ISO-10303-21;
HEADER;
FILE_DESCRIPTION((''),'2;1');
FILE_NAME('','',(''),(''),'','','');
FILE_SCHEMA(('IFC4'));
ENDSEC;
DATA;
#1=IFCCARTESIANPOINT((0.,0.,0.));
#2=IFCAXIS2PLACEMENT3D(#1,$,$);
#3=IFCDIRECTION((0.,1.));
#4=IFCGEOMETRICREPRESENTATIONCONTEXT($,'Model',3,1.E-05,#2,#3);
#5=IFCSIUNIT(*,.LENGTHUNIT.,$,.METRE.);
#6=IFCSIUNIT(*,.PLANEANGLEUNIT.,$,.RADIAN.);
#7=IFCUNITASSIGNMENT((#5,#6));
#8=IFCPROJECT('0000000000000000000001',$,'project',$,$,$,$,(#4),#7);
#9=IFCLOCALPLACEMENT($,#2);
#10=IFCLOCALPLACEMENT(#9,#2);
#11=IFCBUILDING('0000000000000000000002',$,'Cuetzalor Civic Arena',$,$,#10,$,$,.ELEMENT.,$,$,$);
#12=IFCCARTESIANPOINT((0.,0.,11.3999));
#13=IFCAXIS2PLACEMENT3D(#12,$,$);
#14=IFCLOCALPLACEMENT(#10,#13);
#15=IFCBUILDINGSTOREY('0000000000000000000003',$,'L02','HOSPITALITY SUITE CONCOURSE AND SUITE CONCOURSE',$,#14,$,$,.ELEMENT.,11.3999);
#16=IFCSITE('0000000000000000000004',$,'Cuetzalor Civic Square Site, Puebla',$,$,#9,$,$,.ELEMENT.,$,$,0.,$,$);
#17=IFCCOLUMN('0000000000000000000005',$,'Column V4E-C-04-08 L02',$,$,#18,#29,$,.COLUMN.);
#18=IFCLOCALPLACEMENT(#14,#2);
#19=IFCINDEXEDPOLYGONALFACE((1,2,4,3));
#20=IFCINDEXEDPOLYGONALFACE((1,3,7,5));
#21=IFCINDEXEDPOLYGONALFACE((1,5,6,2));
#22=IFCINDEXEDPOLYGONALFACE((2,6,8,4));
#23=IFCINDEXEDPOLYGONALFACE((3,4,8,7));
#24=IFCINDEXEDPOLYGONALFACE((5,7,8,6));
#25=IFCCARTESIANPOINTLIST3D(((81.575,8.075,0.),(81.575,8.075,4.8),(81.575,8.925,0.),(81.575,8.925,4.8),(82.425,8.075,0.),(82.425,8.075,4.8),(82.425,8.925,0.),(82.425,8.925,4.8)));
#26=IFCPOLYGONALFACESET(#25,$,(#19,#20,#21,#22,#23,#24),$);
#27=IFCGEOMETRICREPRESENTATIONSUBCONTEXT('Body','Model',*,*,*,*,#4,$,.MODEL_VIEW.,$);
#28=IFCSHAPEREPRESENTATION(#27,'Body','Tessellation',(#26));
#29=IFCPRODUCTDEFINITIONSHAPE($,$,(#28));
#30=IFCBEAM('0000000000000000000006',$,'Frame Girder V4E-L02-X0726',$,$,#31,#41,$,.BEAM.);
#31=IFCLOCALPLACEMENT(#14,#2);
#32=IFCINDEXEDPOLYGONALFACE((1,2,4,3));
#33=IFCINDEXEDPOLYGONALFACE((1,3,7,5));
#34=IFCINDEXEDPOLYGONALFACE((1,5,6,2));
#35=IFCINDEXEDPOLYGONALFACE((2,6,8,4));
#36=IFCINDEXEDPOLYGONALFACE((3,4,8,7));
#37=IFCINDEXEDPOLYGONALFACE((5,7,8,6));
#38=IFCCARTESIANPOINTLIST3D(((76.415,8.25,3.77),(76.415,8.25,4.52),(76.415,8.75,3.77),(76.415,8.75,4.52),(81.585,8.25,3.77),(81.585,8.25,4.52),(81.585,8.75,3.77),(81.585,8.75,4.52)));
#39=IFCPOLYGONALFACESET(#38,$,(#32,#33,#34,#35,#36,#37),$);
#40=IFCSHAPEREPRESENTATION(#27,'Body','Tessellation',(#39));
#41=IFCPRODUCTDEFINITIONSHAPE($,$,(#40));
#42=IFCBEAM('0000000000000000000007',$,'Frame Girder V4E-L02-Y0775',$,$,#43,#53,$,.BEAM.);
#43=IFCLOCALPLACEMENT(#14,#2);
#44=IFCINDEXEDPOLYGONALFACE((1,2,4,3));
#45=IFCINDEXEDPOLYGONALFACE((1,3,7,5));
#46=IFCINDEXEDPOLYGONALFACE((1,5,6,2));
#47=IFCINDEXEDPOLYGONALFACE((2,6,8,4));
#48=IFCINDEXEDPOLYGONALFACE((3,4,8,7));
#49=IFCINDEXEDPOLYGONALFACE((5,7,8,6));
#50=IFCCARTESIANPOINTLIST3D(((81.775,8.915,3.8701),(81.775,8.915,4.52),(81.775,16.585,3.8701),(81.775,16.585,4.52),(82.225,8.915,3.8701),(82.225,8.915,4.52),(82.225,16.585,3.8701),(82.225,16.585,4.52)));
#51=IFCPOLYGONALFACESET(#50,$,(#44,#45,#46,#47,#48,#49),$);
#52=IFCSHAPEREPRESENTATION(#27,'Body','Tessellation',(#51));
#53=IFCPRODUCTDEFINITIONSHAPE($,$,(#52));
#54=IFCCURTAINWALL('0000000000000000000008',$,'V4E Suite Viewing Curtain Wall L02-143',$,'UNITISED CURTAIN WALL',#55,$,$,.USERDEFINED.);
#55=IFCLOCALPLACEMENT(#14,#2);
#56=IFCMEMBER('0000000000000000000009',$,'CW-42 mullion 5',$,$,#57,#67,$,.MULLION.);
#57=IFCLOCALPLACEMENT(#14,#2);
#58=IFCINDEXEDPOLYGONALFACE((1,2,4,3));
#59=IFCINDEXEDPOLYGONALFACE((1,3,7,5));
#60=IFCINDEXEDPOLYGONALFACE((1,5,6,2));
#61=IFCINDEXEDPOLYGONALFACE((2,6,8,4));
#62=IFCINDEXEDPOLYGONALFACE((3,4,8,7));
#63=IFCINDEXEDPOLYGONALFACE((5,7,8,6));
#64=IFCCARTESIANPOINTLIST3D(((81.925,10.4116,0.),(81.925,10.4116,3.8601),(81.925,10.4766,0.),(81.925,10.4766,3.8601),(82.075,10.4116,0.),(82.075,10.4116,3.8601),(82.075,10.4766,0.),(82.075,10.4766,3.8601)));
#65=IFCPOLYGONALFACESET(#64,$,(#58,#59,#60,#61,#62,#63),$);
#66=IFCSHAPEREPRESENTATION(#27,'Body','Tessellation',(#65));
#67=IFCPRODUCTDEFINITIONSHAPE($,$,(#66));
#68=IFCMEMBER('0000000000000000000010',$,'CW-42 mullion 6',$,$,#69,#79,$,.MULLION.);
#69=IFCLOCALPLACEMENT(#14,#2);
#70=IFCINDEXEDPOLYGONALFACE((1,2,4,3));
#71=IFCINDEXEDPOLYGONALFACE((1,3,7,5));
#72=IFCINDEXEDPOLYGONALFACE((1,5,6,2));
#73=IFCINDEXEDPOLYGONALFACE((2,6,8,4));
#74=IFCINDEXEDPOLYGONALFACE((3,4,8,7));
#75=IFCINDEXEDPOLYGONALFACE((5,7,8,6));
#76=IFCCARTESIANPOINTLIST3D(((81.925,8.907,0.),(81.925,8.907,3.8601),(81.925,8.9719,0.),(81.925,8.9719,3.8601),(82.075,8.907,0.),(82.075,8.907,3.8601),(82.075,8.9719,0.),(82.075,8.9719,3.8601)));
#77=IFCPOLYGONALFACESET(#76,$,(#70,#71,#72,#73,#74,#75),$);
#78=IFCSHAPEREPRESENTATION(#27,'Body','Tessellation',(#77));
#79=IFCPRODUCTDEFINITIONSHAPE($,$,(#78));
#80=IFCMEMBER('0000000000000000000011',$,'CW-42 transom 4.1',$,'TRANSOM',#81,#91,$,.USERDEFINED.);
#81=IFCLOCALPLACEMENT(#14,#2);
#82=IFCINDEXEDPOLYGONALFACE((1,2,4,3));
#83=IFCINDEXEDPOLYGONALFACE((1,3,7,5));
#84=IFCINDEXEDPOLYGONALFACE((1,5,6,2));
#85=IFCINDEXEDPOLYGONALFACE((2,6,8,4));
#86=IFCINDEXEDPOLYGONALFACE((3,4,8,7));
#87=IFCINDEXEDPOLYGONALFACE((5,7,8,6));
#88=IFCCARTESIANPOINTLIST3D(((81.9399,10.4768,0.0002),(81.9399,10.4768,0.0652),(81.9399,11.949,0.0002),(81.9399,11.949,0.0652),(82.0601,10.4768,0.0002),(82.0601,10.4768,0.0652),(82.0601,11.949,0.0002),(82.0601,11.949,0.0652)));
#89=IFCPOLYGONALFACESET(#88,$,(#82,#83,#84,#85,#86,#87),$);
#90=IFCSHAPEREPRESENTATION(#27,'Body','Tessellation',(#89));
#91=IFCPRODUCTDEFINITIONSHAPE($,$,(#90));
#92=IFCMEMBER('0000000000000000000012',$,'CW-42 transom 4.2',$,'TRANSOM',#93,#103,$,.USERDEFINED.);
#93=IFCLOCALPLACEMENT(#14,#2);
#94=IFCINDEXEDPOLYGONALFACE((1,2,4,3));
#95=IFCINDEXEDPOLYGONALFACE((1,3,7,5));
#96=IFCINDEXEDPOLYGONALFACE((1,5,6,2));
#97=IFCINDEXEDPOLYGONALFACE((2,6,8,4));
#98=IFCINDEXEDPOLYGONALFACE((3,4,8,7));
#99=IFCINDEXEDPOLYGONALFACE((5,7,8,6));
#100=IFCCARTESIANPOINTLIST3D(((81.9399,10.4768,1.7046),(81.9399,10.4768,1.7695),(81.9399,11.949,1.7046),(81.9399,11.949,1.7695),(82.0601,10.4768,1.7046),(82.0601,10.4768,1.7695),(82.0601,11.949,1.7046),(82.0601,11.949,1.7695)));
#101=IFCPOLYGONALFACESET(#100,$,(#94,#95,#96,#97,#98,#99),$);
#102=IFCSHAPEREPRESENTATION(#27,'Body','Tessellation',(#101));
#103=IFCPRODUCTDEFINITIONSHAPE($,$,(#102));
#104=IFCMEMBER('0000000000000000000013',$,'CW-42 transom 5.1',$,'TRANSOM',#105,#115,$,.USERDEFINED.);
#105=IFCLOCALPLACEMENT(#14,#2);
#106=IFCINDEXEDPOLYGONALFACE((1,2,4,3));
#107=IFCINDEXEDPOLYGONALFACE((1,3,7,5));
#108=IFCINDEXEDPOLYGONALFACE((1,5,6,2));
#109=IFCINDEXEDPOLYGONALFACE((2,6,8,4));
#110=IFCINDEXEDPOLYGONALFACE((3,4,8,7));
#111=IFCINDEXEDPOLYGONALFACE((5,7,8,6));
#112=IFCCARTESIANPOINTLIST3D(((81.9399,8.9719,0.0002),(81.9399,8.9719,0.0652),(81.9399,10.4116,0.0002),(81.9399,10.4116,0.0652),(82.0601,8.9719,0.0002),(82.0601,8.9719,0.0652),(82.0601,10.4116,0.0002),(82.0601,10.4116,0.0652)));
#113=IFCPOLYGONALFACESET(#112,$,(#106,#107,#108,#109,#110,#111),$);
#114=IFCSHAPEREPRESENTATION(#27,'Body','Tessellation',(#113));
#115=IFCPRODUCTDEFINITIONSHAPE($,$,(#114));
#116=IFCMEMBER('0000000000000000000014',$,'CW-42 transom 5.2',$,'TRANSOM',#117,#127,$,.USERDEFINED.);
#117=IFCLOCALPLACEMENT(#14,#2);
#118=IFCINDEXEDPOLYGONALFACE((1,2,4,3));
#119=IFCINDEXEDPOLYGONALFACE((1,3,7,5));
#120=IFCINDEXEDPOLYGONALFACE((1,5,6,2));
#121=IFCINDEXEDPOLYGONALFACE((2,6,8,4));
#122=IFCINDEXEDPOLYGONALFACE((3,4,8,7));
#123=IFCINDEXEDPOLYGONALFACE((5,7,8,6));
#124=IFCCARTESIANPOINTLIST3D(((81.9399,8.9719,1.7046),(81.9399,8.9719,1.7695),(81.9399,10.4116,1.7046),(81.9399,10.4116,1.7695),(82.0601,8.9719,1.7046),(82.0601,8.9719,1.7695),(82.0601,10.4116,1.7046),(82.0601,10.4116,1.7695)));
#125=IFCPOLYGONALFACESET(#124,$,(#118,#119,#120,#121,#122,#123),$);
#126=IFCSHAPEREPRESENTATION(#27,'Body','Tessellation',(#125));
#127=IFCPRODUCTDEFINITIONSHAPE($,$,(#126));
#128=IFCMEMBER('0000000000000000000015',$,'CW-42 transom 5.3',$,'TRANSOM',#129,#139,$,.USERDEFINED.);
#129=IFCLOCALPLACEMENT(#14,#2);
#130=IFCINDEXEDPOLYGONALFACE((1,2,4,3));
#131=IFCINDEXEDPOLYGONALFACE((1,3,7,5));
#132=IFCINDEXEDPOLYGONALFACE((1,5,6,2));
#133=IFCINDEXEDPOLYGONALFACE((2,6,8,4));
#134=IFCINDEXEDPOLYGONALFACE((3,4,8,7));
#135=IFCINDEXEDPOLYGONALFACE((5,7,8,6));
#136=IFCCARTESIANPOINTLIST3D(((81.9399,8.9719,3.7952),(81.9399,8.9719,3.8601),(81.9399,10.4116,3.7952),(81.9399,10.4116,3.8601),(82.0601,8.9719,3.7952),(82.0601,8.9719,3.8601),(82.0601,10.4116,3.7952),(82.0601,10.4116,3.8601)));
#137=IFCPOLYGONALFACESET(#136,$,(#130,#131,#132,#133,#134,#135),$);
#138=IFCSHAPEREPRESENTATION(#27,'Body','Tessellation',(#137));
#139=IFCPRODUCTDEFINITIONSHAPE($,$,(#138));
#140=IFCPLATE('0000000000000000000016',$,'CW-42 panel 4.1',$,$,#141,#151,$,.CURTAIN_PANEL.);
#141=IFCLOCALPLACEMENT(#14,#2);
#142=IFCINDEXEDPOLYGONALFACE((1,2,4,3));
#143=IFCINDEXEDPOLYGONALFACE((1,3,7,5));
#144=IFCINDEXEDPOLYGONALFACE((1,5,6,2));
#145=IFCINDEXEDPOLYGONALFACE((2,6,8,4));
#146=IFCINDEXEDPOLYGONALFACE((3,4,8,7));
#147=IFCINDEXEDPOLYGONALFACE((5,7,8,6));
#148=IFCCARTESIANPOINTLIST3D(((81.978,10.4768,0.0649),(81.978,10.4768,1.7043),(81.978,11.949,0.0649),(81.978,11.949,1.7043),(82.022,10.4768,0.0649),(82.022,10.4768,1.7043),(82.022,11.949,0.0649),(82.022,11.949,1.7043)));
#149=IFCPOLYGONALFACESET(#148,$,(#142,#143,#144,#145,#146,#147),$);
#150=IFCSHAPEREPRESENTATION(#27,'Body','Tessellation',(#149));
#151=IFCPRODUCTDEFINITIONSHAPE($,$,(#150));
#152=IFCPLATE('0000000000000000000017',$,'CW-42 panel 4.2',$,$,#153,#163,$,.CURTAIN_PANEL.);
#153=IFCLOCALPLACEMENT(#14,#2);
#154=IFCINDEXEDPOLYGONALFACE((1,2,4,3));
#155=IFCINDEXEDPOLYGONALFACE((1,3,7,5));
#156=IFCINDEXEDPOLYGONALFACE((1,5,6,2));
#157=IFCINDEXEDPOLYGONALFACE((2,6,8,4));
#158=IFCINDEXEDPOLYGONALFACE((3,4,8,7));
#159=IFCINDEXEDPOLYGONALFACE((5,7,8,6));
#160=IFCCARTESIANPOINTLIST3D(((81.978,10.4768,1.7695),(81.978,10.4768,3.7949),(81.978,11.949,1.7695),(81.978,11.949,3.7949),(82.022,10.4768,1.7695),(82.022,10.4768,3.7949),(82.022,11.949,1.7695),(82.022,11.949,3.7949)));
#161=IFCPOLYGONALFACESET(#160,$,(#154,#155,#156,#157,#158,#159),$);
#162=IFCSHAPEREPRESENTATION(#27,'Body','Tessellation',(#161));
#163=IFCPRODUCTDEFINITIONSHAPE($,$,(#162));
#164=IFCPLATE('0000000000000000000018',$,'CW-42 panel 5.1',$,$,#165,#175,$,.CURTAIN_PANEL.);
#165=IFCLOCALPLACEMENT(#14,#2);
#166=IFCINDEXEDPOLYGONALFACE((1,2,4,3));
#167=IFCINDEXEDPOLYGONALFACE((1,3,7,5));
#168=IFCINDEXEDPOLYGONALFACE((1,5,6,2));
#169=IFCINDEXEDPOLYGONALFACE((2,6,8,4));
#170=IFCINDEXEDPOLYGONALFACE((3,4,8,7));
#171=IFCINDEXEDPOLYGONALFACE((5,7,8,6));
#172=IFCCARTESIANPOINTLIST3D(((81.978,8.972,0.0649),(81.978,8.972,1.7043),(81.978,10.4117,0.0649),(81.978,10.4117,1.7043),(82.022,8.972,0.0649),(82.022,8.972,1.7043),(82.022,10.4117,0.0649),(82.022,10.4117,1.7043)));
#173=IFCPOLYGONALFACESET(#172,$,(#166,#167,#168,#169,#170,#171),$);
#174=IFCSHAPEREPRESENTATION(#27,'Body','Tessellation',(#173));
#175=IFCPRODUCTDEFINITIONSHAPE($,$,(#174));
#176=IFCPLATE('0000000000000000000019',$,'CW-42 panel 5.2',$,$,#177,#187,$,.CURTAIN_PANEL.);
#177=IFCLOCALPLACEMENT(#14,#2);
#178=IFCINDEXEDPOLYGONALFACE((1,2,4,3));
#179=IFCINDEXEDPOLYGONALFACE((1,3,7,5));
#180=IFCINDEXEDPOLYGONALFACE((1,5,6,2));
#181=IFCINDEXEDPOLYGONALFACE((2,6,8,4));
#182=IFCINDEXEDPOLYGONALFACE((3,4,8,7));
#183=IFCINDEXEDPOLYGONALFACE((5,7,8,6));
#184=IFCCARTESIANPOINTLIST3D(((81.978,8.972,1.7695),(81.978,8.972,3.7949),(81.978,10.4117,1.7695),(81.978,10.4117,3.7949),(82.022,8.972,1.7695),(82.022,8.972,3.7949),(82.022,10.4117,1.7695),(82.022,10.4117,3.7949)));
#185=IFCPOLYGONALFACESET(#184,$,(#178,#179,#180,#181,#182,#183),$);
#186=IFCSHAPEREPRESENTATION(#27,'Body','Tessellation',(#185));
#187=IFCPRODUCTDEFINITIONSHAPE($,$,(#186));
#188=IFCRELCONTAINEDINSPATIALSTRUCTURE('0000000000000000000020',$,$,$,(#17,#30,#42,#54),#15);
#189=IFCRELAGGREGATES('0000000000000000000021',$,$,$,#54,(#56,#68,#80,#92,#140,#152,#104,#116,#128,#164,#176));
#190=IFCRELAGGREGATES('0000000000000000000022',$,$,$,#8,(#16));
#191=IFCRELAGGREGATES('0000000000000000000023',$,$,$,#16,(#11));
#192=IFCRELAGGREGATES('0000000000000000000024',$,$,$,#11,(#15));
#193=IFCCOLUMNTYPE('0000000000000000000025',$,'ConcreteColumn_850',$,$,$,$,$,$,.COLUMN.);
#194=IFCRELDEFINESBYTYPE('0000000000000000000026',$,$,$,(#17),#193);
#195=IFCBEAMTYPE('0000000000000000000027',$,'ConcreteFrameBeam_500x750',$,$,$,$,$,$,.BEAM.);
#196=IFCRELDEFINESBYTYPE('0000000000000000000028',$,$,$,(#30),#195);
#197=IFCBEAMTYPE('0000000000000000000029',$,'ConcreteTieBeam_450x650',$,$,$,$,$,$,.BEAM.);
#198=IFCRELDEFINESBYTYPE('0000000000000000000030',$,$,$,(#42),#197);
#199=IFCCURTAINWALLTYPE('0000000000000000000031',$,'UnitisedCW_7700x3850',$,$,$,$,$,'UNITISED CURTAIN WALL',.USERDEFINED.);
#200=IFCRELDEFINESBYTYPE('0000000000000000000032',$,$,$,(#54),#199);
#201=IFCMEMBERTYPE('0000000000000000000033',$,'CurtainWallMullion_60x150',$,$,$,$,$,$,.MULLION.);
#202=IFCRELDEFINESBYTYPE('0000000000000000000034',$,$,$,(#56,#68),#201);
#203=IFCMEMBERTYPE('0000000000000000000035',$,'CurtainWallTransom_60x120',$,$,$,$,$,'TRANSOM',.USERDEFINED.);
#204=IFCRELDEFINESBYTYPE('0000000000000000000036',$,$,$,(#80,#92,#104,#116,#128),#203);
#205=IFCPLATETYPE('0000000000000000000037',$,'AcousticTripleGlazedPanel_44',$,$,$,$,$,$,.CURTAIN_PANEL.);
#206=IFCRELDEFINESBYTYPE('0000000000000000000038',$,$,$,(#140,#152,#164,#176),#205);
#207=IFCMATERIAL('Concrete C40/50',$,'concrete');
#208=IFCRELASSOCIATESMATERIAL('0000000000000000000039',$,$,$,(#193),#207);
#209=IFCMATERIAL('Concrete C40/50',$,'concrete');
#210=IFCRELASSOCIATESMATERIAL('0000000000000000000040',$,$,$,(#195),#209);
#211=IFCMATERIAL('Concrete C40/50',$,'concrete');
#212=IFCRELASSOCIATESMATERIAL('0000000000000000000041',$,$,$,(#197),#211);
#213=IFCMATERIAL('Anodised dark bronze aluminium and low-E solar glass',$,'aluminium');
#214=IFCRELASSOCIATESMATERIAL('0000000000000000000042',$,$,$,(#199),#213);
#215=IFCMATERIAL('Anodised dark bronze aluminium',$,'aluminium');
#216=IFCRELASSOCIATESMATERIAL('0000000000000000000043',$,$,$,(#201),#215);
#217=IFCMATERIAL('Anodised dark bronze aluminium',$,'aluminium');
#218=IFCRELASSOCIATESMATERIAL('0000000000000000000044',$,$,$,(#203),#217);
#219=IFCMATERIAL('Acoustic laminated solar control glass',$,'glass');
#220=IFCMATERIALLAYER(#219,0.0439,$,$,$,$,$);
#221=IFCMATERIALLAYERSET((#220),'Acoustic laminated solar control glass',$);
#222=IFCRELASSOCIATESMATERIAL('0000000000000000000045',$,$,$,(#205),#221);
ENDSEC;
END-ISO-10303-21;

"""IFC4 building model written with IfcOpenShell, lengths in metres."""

from ifc_helpers import new_model, si_unit, direction, frame, origin, origin_2d, place, context, subcontext, project, spatial, rectangle, extrude, material, layer, layer_set, material_profile, profile_set, type_object, element, aggregate, save


model = new_model("IFC4")

# Units and contexts
model_context = context("Model", 3, precision=1e-05, world=origin(), true_north=direction((0.0, 1.0)))
body_context = subcontext(model_context, "Body", "Model", "MODEL_VIEW")
ifc_project = project(units=[si_unit("LENGTHUNIT", "METRE"), si_unit("PLANEANGLEUNIT", "RADIAN")], contexts=[model_context])

# Site, building, storey
site_placement = place(None, origin())
site = spatial("IfcSite", under=ifc_project, at=site_placement, Name="Cuetzalor Civic Square Site, Puebla", CompositionType="ELEMENT", RefElevation=0.0)
building_placement = place(site_placement, origin())
building = spatial("IfcBuilding", under=site, at=building_placement, Name="Cuetzalor Civic Arena", CompositionType="ELEMENT")
storey_placement = place(building_placement, frame((0.0, 0.0, 11.3999)))
storey = spatial("IfcBuildingStorey", under=building, at=storey_placement, Name="L02", Description="HOSPITALITY SUITE CONCOURSE AND SUITE CONCOURSE", CompositionType="ELEMENT", Elevation=11.3999)

# Column
ifc_material_1 = material(Name="Concrete C40/50", Category="concrete")
ifc_material_profile_1 = material_profile(ifc_material_1, rectangle(XDim=0.8501, YDim=0.8501, at=origin_2d()), Name="RC 850x850")
ifc_profile_set_1 = profile_set([ifc_material_profile_1], Name="Concrete C40/50")
column_type = type_object("IfcColumnType", Name="ConcreteColumn_850", PredefinedType="COLUMN", material=ifc_profile_set_1)
column_placement = place(storey_placement, frame((82.0, 8.5, 0.0), z_axis=(0.0, 0.0, 1.0), x_axis=(1.0, 0.0, 0.0)))
element("IfcColumn", 1, at=column_placement, inside=storey, type_object=column_type, Name="Column V4E-C-04-08 L02", PredefinedType="COLUMN", context=body_context, shape_type="SweptSolid", body=[
    extrude(rectangle(XDim=0.8501, YDim=0.8501, at=origin_2d()), origin(), (0.0, 0.0, 1.0), 4.8),
])

# Beams
ifc_material_2 = material(Name="Concrete C40/50", Category="concrete")
ifc_material_profile_2 = material_profile(ifc_material_2, rectangle(XDim=0.5, YDim=0.75, at=origin_2d()), Name="RC 500x750")
ifc_profile_set_2 = profile_set([ifc_material_profile_2], Name="Concrete C40/50")
beam_type_1 = type_object("IfcBeamType", Name="ConcreteFrameBeam_500x750", PredefinedType="BEAM", material=ifc_profile_set_2)
beam_1_placement = place(storey_placement, frame((76.415, 8.5, 4.145), z_axis=(1.0, 0.0, 0.0), x_axis=(0.0, 1.0, 0.0)))
element("IfcBeam", 2, at=beam_1_placement, inside=storey, type_object=beam_type_1, Name="Frame Girder V4E-L02-X0726", PredefinedType="BEAM", context=body_context, shape_type="SweptSolid", body=[
    extrude(rectangle(XDim=0.5, YDim=0.75, at=origin_2d()), origin(), (0.0, 0.0, 1.0), 5.1699),
])
ifc_material_3 = material(Name="Concrete C40/50", Category="concrete")
ifc_material_profile_3 = material_profile(ifc_material_3, rectangle(XDim=0.45, YDim=0.6499, at=origin_2d()), Name="RC 450x650")
ifc_profile_set_3 = profile_set([ifc_material_profile_3], Name="Concrete C40/50")
beam_type_2 = type_object("IfcBeamType", Name="ConcreteTieBeam_450x650", PredefinedType="BEAM", material=ifc_profile_set_3)
beam_2_placement = place(storey_placement, frame((82.0, 8.915, 4.1951), z_axis=(0.0, 1.0, 0.0), x_axis=(-1.0, 0.0, 0.0)))
element("IfcBeam", 3, at=beam_2_placement, inside=storey, type_object=beam_type_2, Name="Frame Girder V4E-L02-Y0775", PredefinedType="BEAM", context=body_context, shape_type="SweptSolid", body=[
    extrude(rectangle(XDim=0.45, YDim=0.6499, at=origin_2d()), origin(), (0.0, 0.0, 1.0), 7.6699),
])

# Curtain wall, members, plates
ifc_material_4 = material(Name="Anodised dark bronze aluminium and low-E solar glass", Category="aluminium")
curtain_wall_type = type_object("IfcCurtainWallType", Name="UnitisedCW_7700x3850", ElementType="UNITISED CURTAIN WALL", PredefinedType="USERDEFINED", material=ifc_material_4)
curtain_wall_placement = place(storey_placement, origin())
curtain_wall = element("IfcCurtainWall", 4, at=curtain_wall_placement, inside=storey, type_object=curtain_wall_type, Name="V4E Suite Viewing Curtain Wall L02-143", ObjectType="UNITISED CURTAIN WALL", PredefinedType="USERDEFINED")
ifc_material_5 = material(Name="Anodised dark bronze aluminium", Category="aluminium")
ifc_material_profile_4 = material_profile(ifc_material_5, rectangle(XDim=0.0649, YDim=0.1499, at=origin_2d()), Name="ALU MULLION 65x150")
ifc_profile_set_4 = profile_set([ifc_material_profile_4], Name="Anodised dark bronze aluminium")
member_type_1 = type_object("IfcMemberType", Name="CurtainWallMullion_60x150", PredefinedType="MULLION", material=ifc_profile_set_4)
member_1_placement = place(storey_placement, frame((82.0, 10.4441, 0.0), z_axis=(0.0, 0.0, 1.0), x_axis=(0.0, -1.0, 0.0)))
member_1 = element("IfcMember", 5, at=member_1_placement, type_object=member_type_1, Name="CW-42 mullion 5", PredefinedType="MULLION", context=body_context, shape_type="SweptSolid", body=[
    extrude(rectangle(XDim=0.0649, YDim=0.1499, at=origin_2d()), origin(), (0.0, 0.0, 1.0), 3.8601),
])
member_2_placement = place(storey_placement, frame((82.0, 8.9395, 0.0), z_axis=(0.0, 0.0, 1.0), x_axis=(0.0, -1.0, 0.0)))
member_2 = element("IfcMember", 6, at=member_2_placement, type_object=member_type_1, Name="CW-42 mullion 6", PredefinedType="MULLION", context=body_context, shape_type="SweptSolid", body=[
    extrude(rectangle(XDim=0.0649, YDim=0.1499, at=origin_2d()), origin(), (0.0, 0.0, 1.0), 3.8601),
])
ifc_material_6 = material(Name="Anodised dark bronze aluminium", Category="aluminium")
ifc_material_profile_5 = material_profile(ifc_material_6, rectangle(XDim=0.1201, YDim=0.0649, at=origin_2d()), Name="ALU TRANSOM 65x120")
ifc_profile_set_5 = profile_set([ifc_material_profile_5], Name="Anodised dark bronze aluminium")
member_type_2 = type_object("IfcMemberType", Name="CurtainWallTransom_60x120", ElementType="TRANSOM", PredefinedType="USERDEFINED", material=ifc_profile_set_5)
member_3_placement = place(storey_placement, frame((82.0, 11.949, 0.0327), z_axis=(0.0, -1.0, 0.0), x_axis=(1.0, 0.0, 0.0)))
member_3 = element("IfcMember", 7, at=member_3_placement, type_object=member_type_2, Name="CW-42 transom 4.1", ObjectType="TRANSOM", PredefinedType="USERDEFINED", context=body_context, shape_type="SweptSolid", body=[
    extrude(rectangle(XDim=0.1201, YDim=0.0649, at=origin_2d()), origin(), (0.0, 0.0, 1.0), 1.4722),
])
member_4_placement = place(storey_placement, frame((82.0, 11.949, 1.7371), z_axis=(0.0, -1.0, 0.0), x_axis=(1.0, 0.0, 0.0)))
member_4 = element("IfcMember", 8, at=member_4_placement, type_object=member_type_2, Name="CW-42 transom 4.2", ObjectType="TRANSOM", PredefinedType="USERDEFINED", context=body_context, shape_type="SweptSolid", body=[
    extrude(rectangle(XDim=0.1201, YDim=0.0649, at=origin_2d()), origin(), (0.0, 0.0, 1.0), 1.4722),
])
member_5_placement = place(storey_placement, frame((82.0, 10.4116, 0.0327), z_axis=(0.0, -1.0, 0.0), x_axis=(1.0, 0.0, 0.0)))
member_5 = element("IfcMember", 9, at=member_5_placement, type_object=member_type_2, Name="CW-42 transom 5.1", ObjectType="TRANSOM", PredefinedType="USERDEFINED", context=body_context, shape_type="SweptSolid", body=[
    extrude(rectangle(XDim=0.1201, YDim=0.0649, at=origin_2d()), origin(), (0.0, 0.0, 1.0), 1.4397),
])
member_6_placement = place(storey_placement, frame((82.0, 10.4116, 1.7371), z_axis=(0.0, -1.0, 0.0), x_axis=(1.0, 0.0, 0.0)))
member_6 = element("IfcMember", 10, at=member_6_placement, type_object=member_type_2, Name="CW-42 transom 5.2", ObjectType="TRANSOM", PredefinedType="USERDEFINED", context=body_context, shape_type="SweptSolid", body=[
    extrude(rectangle(XDim=0.1201, YDim=0.0649, at=origin_2d()), origin(), (0.0, 0.0, 1.0), 1.4397),
])
member_7_placement = place(storey_placement, frame((82.0, 10.4116, 3.8276), z_axis=(0.0, -1.0, 0.0), x_axis=(1.0, 0.0, 0.0)))
member_7 = element("IfcMember", 11, at=member_7_placement, type_object=member_type_2, Name="CW-42 transom 5.3", ObjectType="TRANSOM", PredefinedType="USERDEFINED", context=body_context, shape_type="SweptSolid", body=[
    extrude(rectangle(XDim=0.1201, YDim=0.0649, at=origin_2d()), origin(), (0.0, 0.0, 1.0), 1.4397),
])
ifc_material_7 = material(Name="Acoustic laminated solar control glass", Category="glass")
ifc_layer_1 = layer(ifc_material_7, 0.0439)
ifc_layer_set_1 = layer_set([ifc_layer_1], Name="Acoustic laminated solar control glass")
plate_type = type_object("IfcPlateType", Name="AcousticTripleGlazedPanel_44", PredefinedType="CURTAIN_PANEL", material=ifc_layer_set_1)
plate_1_placement = place(storey_placement, frame((82.0, 11.2129, 0.0649), z_axis=(0.0, 0.0, 1.0), x_axis=(0.0, -1.0, 0.0)))
plate_1 = element("IfcPlate", 12, at=plate_1_placement, type_object=plate_type, Name="CW-42 panel 4.1", PredefinedType="CURTAIN_PANEL", context=body_context, shape_type="SweptSolid", body=[
    extrude(rectangle(XDim=1.4722, YDim=0.0439, at=origin_2d()), origin(), (0.0, 0.0, 1.0), 1.6394),
])
plate_2_placement = place(storey_placement, frame((82.0, 11.2129, 1.7695), z_axis=(0.0, 0.0, 1.0), x_axis=(0.0, -1.0, 0.0)))
plate_2 = element("IfcPlate", 13, at=plate_2_placement, type_object=plate_type, Name="CW-42 panel 4.2", PredefinedType="CURTAIN_PANEL", context=body_context, shape_type="SweptSolid", body=[
    extrude(rectangle(XDim=1.4722, YDim=0.0439, at=origin_2d()), origin(), (0.0, 0.0, 1.0), 2.0254),
])
plate_3_placement = place(storey_placement, frame((82.0, 9.6919, 0.0649), z_axis=(0.0, 0.0, 1.0), x_axis=(0.0, -1.0, 0.0)))
plate_3 = element("IfcPlate", 14, at=plate_3_placement, type_object=plate_type, Name="CW-42 panel 5.1", PredefinedType="CURTAIN_PANEL", context=body_context, shape_type="SweptSolid", body=[
    extrude(rectangle(XDim=1.4397, YDim=0.0439, at=origin_2d()), origin(), (0.0, 0.0, 1.0), 1.6394),
])
plate_4_placement = place(storey_placement, frame((82.0, 9.6919, 1.7695), z_axis=(0.0, 0.0, 1.0), x_axis=(0.0, -1.0, 0.0)))
plate_4 = element("IfcPlate", 15, at=plate_4_placement, type_object=plate_type, Name="CW-42 panel 5.2", PredefinedType="CURTAIN_PANEL", context=body_context, shape_type="SweptSolid", body=[
    extrude(rectangle(XDim=1.4397, YDim=0.0439, at=origin_2d()), origin(), (0.0, 0.0, 1.0), 2.0254),
])
aggregate(curtain_wall, [member_1, member_2, member_3, member_4, plate_1, plate_2, member_5, member_6, member_7, plate_3, plate_4])

save(model, "model.ifc")
